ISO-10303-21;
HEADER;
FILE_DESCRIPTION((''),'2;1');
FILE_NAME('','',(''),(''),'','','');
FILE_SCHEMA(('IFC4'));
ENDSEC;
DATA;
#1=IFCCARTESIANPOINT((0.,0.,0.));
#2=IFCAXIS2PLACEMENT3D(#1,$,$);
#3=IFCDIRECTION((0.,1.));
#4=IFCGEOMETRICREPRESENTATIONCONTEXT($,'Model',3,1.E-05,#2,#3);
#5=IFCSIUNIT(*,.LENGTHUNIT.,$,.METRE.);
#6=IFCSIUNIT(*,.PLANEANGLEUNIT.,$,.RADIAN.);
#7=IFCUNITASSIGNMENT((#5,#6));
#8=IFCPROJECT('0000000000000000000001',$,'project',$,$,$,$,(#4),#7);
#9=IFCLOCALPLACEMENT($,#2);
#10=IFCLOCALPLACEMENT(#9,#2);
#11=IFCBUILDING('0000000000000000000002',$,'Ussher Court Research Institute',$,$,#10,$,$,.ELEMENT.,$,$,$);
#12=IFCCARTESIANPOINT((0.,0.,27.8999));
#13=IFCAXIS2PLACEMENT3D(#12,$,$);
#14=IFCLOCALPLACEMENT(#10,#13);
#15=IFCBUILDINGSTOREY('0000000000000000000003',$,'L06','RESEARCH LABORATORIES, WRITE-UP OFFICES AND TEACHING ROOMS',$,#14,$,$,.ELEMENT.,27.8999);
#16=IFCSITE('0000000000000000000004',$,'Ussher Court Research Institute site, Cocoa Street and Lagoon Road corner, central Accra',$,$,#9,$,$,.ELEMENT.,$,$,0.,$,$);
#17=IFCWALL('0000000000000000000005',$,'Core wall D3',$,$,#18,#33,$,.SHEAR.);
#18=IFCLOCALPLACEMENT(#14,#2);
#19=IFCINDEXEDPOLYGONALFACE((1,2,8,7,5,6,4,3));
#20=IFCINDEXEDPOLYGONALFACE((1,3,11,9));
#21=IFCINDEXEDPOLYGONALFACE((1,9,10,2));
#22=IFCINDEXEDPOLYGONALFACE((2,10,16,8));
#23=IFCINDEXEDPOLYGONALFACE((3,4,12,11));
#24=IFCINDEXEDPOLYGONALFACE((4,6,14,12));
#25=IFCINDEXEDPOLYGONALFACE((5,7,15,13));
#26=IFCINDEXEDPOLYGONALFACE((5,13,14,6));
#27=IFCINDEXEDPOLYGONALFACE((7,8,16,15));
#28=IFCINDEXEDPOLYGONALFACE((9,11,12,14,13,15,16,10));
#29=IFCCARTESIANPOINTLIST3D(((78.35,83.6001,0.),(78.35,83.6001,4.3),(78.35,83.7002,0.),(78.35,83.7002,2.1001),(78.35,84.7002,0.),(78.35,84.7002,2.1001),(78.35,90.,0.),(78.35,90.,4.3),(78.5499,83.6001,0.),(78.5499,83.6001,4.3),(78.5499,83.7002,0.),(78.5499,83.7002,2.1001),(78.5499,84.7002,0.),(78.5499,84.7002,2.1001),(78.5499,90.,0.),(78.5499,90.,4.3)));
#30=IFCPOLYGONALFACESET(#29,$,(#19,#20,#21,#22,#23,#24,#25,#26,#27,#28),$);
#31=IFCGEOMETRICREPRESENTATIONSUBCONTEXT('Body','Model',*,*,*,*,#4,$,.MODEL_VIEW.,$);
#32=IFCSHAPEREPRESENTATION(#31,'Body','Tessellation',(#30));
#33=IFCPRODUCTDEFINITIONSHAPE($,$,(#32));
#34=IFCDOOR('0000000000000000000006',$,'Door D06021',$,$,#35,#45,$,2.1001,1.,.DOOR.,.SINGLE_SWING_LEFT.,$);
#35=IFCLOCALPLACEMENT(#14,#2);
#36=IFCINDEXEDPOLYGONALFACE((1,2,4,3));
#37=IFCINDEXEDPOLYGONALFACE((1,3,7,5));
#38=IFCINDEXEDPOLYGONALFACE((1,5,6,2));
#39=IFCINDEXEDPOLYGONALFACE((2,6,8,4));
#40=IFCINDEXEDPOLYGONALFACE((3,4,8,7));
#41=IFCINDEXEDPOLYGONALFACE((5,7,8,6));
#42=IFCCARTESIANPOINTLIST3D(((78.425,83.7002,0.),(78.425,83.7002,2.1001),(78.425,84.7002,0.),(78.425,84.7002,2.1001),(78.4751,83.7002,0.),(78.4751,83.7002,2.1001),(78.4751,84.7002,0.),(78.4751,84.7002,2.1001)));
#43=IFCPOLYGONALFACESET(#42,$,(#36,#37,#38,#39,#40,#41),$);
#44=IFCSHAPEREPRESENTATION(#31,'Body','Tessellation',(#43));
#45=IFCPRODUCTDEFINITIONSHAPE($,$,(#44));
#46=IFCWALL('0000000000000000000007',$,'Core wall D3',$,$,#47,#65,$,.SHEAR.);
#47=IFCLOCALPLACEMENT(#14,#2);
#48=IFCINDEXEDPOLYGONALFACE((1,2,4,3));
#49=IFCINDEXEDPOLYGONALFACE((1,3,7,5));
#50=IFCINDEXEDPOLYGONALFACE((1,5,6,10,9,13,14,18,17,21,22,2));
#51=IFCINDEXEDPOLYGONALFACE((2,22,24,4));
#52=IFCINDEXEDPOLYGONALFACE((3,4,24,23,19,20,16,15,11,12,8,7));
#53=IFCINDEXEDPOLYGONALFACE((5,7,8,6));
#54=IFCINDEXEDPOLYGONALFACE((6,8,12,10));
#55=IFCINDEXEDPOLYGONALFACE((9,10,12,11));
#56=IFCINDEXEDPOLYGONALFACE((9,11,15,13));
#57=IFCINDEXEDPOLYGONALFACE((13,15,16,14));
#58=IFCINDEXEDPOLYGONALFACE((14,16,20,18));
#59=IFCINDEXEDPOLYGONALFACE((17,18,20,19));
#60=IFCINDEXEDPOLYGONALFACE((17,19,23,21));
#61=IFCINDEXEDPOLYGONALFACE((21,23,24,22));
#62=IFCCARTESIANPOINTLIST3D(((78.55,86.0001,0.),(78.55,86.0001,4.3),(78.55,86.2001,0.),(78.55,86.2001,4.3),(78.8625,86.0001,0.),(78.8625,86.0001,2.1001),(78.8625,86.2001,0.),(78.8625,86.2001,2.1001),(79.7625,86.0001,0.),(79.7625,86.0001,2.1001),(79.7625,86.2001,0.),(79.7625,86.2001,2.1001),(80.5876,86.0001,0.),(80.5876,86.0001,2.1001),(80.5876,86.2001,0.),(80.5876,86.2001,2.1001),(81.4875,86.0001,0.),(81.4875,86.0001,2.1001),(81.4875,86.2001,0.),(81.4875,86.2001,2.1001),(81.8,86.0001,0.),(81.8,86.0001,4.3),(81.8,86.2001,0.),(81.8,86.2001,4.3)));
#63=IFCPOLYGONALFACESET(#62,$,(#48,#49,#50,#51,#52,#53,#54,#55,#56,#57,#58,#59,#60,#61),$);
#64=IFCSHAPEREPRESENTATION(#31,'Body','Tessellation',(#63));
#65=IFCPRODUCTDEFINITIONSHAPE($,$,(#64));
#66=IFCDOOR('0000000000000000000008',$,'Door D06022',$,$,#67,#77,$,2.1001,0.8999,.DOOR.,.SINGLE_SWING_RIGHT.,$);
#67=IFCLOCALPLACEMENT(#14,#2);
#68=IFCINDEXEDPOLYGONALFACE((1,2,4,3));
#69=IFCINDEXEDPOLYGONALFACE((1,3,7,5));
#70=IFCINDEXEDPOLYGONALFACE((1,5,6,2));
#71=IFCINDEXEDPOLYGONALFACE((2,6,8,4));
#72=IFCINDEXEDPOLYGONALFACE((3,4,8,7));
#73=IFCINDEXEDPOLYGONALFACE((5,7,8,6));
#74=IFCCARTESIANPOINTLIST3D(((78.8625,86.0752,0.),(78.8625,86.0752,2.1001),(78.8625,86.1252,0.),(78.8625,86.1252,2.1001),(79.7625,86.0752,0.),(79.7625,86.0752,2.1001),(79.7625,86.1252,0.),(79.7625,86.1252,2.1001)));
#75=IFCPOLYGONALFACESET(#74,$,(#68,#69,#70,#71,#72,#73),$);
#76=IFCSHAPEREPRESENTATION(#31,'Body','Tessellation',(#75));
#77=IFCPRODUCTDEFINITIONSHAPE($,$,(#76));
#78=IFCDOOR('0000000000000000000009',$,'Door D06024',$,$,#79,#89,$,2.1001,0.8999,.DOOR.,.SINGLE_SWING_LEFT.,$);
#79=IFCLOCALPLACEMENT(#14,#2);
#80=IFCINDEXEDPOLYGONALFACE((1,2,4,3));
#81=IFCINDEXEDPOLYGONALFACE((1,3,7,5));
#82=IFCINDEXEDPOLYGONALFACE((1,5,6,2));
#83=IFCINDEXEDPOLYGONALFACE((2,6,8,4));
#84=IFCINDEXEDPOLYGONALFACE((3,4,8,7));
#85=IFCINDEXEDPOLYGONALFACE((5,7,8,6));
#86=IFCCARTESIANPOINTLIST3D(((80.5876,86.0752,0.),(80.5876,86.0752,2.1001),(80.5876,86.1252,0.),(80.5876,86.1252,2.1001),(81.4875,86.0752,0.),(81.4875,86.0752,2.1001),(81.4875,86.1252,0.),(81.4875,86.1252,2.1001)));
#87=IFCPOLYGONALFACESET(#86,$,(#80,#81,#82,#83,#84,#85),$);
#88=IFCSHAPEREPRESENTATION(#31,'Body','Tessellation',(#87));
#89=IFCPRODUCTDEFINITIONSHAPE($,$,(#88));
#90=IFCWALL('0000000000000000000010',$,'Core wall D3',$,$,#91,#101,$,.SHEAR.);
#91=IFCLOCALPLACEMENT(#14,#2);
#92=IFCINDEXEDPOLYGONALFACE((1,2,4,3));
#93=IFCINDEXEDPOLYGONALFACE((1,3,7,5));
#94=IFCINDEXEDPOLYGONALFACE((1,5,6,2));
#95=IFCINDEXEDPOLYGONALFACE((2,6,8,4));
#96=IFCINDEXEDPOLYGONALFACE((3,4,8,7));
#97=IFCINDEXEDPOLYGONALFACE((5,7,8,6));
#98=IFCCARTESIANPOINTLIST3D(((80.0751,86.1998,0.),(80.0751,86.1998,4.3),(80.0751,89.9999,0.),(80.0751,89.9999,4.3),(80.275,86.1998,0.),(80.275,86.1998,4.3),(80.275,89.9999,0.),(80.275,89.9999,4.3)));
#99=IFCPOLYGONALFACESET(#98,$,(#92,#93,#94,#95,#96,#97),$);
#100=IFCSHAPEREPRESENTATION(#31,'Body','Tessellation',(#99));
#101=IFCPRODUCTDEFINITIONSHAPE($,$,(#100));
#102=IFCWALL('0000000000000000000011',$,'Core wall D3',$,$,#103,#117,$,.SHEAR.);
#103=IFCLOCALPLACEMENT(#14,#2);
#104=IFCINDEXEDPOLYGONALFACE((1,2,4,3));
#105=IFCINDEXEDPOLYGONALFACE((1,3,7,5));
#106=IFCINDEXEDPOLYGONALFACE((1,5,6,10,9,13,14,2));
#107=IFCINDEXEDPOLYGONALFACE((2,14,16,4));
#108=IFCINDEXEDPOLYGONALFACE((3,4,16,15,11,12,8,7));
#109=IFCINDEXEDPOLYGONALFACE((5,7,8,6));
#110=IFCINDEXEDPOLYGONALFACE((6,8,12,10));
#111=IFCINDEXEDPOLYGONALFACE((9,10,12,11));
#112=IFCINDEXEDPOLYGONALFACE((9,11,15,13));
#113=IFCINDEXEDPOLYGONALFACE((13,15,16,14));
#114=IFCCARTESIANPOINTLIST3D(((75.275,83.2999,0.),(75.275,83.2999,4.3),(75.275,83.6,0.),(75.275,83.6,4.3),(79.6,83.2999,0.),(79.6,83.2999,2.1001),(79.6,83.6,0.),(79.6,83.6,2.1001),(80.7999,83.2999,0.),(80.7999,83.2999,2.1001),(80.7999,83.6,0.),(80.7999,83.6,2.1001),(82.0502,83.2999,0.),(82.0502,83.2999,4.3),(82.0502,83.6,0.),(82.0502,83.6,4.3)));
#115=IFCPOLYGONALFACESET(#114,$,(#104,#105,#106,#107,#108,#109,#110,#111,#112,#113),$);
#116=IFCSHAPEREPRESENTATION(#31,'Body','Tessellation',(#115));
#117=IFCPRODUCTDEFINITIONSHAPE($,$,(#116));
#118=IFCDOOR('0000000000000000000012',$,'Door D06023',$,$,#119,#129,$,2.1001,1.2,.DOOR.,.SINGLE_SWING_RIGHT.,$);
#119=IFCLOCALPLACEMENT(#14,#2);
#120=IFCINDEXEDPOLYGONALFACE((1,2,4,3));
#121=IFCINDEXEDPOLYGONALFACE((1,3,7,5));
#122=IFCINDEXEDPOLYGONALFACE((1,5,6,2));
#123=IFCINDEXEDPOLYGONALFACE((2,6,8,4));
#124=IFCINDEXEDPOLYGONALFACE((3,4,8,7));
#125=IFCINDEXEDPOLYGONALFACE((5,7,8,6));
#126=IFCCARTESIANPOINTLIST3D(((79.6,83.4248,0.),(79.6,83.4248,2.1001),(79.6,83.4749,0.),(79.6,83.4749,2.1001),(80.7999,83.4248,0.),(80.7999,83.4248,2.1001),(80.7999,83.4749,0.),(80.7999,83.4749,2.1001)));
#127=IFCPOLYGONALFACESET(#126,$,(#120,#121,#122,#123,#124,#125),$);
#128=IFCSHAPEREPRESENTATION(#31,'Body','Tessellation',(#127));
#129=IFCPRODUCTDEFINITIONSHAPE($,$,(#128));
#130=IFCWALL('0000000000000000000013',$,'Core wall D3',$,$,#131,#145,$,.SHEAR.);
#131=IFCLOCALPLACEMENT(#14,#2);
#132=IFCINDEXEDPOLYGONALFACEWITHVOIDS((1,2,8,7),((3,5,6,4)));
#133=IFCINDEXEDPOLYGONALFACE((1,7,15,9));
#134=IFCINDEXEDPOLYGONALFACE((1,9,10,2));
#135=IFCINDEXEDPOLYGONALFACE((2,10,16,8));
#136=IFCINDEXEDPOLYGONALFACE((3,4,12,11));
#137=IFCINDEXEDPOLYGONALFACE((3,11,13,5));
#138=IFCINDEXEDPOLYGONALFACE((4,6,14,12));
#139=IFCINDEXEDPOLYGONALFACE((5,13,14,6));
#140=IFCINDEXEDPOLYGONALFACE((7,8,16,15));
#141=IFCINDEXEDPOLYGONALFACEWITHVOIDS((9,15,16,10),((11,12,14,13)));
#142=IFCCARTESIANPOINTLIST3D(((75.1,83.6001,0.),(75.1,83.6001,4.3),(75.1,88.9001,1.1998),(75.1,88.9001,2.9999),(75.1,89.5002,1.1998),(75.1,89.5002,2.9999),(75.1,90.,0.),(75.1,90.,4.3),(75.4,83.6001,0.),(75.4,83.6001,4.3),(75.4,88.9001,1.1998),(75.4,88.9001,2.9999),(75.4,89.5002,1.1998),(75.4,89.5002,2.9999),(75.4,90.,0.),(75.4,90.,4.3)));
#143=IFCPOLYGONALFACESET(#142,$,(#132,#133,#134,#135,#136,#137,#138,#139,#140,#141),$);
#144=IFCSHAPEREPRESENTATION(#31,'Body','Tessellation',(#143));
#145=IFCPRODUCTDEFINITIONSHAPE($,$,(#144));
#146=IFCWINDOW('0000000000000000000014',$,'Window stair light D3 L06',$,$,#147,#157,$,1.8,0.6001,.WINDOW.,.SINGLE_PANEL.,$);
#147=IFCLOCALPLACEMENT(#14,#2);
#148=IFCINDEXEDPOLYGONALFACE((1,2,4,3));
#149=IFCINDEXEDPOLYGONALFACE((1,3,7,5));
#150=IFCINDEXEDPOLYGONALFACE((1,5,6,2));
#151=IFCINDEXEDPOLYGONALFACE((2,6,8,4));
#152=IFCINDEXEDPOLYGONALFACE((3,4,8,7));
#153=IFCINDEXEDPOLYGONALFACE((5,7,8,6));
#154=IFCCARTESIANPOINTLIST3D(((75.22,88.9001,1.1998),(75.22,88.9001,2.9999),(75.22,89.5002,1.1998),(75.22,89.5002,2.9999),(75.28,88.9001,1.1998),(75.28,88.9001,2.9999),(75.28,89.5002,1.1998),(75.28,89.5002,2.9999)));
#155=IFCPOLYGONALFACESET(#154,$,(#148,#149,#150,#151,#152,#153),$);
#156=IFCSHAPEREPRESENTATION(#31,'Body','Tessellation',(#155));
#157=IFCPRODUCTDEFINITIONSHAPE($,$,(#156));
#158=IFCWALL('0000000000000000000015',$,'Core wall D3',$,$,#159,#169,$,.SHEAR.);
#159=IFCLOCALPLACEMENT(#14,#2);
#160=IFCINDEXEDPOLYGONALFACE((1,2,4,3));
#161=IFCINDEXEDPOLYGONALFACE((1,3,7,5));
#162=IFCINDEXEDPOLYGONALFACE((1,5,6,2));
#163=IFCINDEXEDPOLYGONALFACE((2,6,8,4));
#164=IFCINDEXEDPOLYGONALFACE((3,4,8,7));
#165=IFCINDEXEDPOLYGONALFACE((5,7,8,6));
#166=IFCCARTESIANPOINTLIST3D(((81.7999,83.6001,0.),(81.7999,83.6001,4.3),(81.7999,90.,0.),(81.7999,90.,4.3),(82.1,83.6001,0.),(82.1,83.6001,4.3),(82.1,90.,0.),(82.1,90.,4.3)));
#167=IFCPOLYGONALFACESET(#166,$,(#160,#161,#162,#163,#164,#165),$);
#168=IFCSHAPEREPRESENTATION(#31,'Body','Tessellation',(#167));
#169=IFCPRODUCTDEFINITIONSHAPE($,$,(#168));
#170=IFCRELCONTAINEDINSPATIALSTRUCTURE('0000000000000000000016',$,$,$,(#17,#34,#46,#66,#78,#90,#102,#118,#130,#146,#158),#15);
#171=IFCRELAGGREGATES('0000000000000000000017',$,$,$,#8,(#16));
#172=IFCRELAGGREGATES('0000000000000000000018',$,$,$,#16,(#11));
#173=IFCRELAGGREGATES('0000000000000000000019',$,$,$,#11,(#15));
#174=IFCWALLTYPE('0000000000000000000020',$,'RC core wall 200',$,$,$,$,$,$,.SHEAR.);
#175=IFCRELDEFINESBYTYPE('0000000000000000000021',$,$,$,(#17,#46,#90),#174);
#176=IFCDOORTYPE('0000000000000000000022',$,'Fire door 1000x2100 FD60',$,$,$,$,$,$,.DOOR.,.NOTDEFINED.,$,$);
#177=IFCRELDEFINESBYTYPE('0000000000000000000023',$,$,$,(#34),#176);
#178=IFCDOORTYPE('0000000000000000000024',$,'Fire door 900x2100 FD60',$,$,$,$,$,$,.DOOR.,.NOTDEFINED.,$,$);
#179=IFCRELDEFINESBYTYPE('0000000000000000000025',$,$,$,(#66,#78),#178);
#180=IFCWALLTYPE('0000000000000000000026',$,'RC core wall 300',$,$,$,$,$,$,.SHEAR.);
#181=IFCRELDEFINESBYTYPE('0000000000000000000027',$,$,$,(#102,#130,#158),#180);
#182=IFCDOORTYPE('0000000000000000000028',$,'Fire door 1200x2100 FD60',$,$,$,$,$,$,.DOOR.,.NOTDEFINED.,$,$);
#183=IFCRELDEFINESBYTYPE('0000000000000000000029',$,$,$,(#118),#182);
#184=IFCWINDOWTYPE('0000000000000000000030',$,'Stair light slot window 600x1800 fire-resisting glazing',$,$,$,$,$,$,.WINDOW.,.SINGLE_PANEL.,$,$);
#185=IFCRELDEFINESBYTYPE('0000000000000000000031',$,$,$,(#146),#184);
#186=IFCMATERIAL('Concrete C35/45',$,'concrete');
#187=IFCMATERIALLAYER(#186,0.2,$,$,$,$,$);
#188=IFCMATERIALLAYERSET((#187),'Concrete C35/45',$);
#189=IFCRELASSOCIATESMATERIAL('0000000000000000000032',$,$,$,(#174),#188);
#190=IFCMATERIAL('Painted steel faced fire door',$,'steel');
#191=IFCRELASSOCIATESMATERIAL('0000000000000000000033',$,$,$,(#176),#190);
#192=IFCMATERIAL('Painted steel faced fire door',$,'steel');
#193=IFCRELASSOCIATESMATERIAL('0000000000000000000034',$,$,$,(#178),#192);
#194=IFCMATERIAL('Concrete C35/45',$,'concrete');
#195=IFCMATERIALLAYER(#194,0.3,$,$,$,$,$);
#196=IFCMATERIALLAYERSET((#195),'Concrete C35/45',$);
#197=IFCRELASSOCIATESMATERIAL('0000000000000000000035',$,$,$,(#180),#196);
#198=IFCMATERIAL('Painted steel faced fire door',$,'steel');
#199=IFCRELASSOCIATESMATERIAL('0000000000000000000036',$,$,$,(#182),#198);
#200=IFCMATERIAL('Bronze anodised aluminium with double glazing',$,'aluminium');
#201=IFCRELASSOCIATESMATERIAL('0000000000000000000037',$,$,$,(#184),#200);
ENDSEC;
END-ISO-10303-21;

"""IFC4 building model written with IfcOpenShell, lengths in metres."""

from ifc_helpers import new_model, si_unit, direction, frame, frame_2d, origin, place, context, subcontext, project, spatial, rectangle, extrude, material, layer, layer_set, type_object, element, fill, save


model = new_model("IFC4")

# Units and contexts
model_context = context("Model", 3, precision=1e-05, world=origin(), true_north=direction((0.0, 1.0)))
body_context = subcontext(model_context, "Body", "Model", "MODEL_VIEW")
ifc_project = project(units=[si_unit("LENGTHUNIT", "METRE"), si_unit("PLANEANGLEUNIT", "RADIAN")], contexts=[model_context])

# Site, building, storey
site_placement = place(None, origin())
site = spatial("IfcSite", under=ifc_project, at=site_placement, Name="Ussher Court Research Institute site, Cocoa Street and Lagoon Road corner, central Accra", CompositionType="ELEMENT", RefElevation=0.0)
building_placement = place(site_placement, origin())
building = spatial("IfcBuilding", under=site, at=building_placement, Name="Ussher Court Research Institute", CompositionType="ELEMENT")
storey_placement = place(building_placement, frame((0.0, 0.0, 27.8999)))
storey = spatial("IfcBuildingStorey", under=building, at=storey_placement, Name="L06", Description="RESEARCH LABORATORIES, WRITE-UP OFFICES AND TEACHING ROOMS", CompositionType="ELEMENT", Elevation=27.8999)

# Wall, opening, door
ifc_material_1 = material(Name="Concrete C35/45", Category="concrete")
ifc_layer_1 = layer(ifc_material_1, 0.2)
ifc_layer_set_1 = layer_set([ifc_layer_1], Name="Concrete C35/45")
wall_type_1 = type_object("IfcWallType", Name="RC core wall 200", PredefinedType="SHEAR", material=ifc_layer_set_1)
wall_1_placement = place(storey_placement, frame((78.45, 83.6001, 0.0), z_axis=(0.0, 0.0, 1.0), x_axis=(0.0, 1.0, 0.0)))
wall_1 = element("IfcWall", 1, at=wall_1_placement, inside=storey, type_object=wall_type_1, Name="Core wall D3", PredefinedType="SHEAR", context=body_context, shape_type="SweptSolid", body=[
    extrude(rectangle(XDim=6.3999, YDim=0.2, at=frame_2d((3.2, 0.0))), origin(), (0.0, 0.0, 1.0), 4.3),
])
opening_1_placement = place(wall_1_placement, frame((0.1001, 0.0, 0.0)))
opening_1 = element("IfcOpeningElement", 2, at=opening_1_placement, cuts=wall_1, PredefinedType="OPENING", context=body_context, shape_type="SweptSolid", body=[
    extrude(rectangle(XDim=1.0, YDim=2.1001, at=frame_2d((0.5, 1.05))), frame((0.0, 0.1099, 0.0), z_axis=(0.0, -1.0, 0.0), x_axis=(1.0, 0.0, 0.0)), (0.0, 0.0, 1.0), 0.22),
])
ifc_material_2 = material(Name="Painted steel faced fire door", Category="steel")
door_type_1 = type_object("IfcDoorType", Name="Fire door 1000x2100 FD60", OperationType="NOTDEFINED", PredefinedType="DOOR", material=ifc_material_2)
door_1_placement = place(opening_1_placement, origin())
door_1 = element("IfcDoor", 3, at=door_1_placement, inside=storey, type_object=door_type_1, Name="Door D06021", OperationType="SINGLE_SWING_LEFT", OverallHeight=2.1001, OverallWidth=1.0, PredefinedType="DOOR", context=body_context, shape_type="SweptSolid", body=[
    extrude(rectangle(XDim=1.0, YDim=2.1001, at=frame_2d((0.5, 1.05))), frame((0.0, 0.0249, 0.0), z_axis=(0.0, -1.0, 0.0), x_axis=(1.0, 0.0, 0.0)), (0.0, 0.0, 1.0), 0.05),
])
fill(opening_1, door_1)

# Wall, openings, doors
wall_2_placement = place(storey_placement, frame((81.8, 86.1001, 0.0), z_axis=(0.0, 0.0, 1.0), x_axis=(-1.0, 0.0, 0.0)))
wall_2 = element("IfcWall", 4, at=wall_2_placement, inside=storey, type_object=wall_type_1, Name="Core wall D3", PredefinedType="SHEAR", context=body_context, shape_type="SweptSolid", body=[
    extrude(rectangle(XDim=3.25, YDim=0.2, at=frame_2d((1.625, 0.0))), origin(), (0.0, 0.0, 1.0), 4.3),
])
opening_2_placement = place(wall_2_placement, frame((2.0376, 0.0, 0.0)))
opening_2 = element("IfcOpeningElement", 5, at=opening_2_placement, cuts=wall_2, PredefinedType="OPENING", context=body_context, shape_type="SweptSolid", body=[
    extrude(rectangle(XDim=0.8999, YDim=2.1001, at=frame_2d((0.45, 1.05))), frame((0.0, 0.1099, 0.0), z_axis=(0.0, -1.0, 0.0), x_axis=(1.0, 0.0, 0.0)), (0.0, 0.0, 1.0), 0.22),
])
opening_3_placement = place(wall_2_placement, frame((0.3125, 0.0, 0.0)))
opening_3 = element("IfcOpeningElement", 6, at=opening_3_placement, cuts=wall_2, PredefinedType="OPENING", context=body_context, shape_type="SweptSolid", body=[
    extrude(rectangle(XDim=0.8999, YDim=2.1001, at=frame_2d((0.45, 1.05))), frame((0.0, 0.1099, 0.0), z_axis=(0.0, -1.0, 0.0), x_axis=(1.0, 0.0, 0.0)), (0.0, 0.0, 1.0), 0.22),
])
ifc_material_3 = material(Name="Painted steel faced fire door", Category="steel")
door_type_2 = type_object("IfcDoorType", Name="Fire door 900x2100 FD60", OperationType="NOTDEFINED", PredefinedType="DOOR", material=ifc_material_3)
door_2_placement = place(opening_2_placement, origin())
door_2 = element("IfcDoor", 7, at=door_2_placement, inside=storey, type_object=door_type_2, Name="Door D06022", OperationType="SINGLE_SWING_RIGHT", OverallHeight=2.1001, OverallWidth=0.8999, PredefinedType="DOOR", context=body_context, shape_type="SweptSolid", body=[
    extrude(rectangle(XDim=0.8999, YDim=2.1001, at=frame_2d((0.45, 1.05))), frame((0.0, 0.0249, 0.0), z_axis=(0.0, -1.0, 0.0), x_axis=(1.0, 0.0, 0.0)), (0.0, 0.0, 1.0), 0.05),
])
fill(opening_2, door_2)
door_3_placement = place(opening_3_placement, origin())
door_3 = element("IfcDoor", 8, at=door_3_placement, inside=storey, type_object=door_type_2, Name="Door D06024", OperationType="SINGLE_SWING_LEFT", OverallHeight=2.1001, OverallWidth=0.8999, PredefinedType="DOOR", context=body_context, shape_type="SweptSolid", body=[
    extrude(rectangle(XDim=0.8999, YDim=2.1001, at=frame_2d((0.45, 1.05))), frame((0.0, 0.0249, 0.0), z_axis=(0.0, -1.0, 0.0), x_axis=(1.0, 0.0, 0.0)), (0.0, 0.0, 1.0), 0.05),
])
fill(opening_3, door_3)

# Wall
wall_3_placement = place(storey_placement, frame((80.175, 86.2, 0.0), z_axis=(0.0, 0.0, 1.0), x_axis=(0.0, 1.0, 0.0)))
element("IfcWall", 9, at=wall_3_placement, inside=storey, type_object=wall_type_1, Name="Core wall D3", PredefinedType="SHEAR", context=body_context, shape_type="SweptSolid", body=[
    extrude(rectangle(XDim=3.8, YDim=0.2, at=frame_2d((1.8999, 0.0))), origin(), (0.0, 0.0, 1.0), 4.3),
])

# Wall, opening, door
ifc_material_4 = material(Name="Concrete C35/45", Category="concrete")
ifc_layer_2 = layer(ifc_material_4, 0.3)
ifc_layer_set_2 = layer_set([ifc_layer_2], Name="Concrete C35/45")
wall_type_2 = type_object("IfcWallType", Name="RC core wall 300", PredefinedType="SHEAR", material=ifc_layer_set_2)
wall_4_placement = place(storey_placement, frame((75.2749, 83.45, 0.0), z_axis=(0.0, 0.0, 1.0), x_axis=(1.0, 0.0, 0.0)))
wall_4 = element("IfcWall", 10, at=wall_4_placement, inside=storey, type_object=wall_type_2, Name="Core wall D3", PredefinedType="SHEAR", context=body_context, shape_type="SweptSolid", body=[
    extrude(rectangle(XDim=6.7751, YDim=0.3, at=frame_2d((3.3877, 0.0))), origin(), (0.0, 0.0, 1.0), 4.3),
])
opening_4_placement = place(wall_4_placement, frame((4.325, 0.0, 0.0)))
opening_4 = element("IfcOpeningElement", 11, at=opening_4_placement, cuts=wall_4, PredefinedType="OPENING", context=body_context, shape_type="SweptSolid", body=[
    extrude(rectangle(XDim=1.2, YDim=2.1001, at=frame_2d((0.6001, 1.05))), frame((0.0, 0.1602, 0.0), z_axis=(0.0, -1.0, 0.0), x_axis=(1.0, 0.0, 0.0)), (0.0, 0.0, 1.0), 0.3201),
])
ifc_material_5 = material(Name="Painted steel faced fire door", Category="steel")
door_type_3 = type_object("IfcDoorType", Name="Fire door 1200x2100 FD60", OperationType="NOTDEFINED", PredefinedType="DOOR", material=ifc_material_5)
door_4_placement = place(opening_4_placement, origin())
door_4 = element("IfcDoor", 12, at=door_4_placement, inside=storey, type_object=door_type_3, Name="Door D06023", OperationType="SINGLE_SWING_RIGHT", OverallHeight=2.1001, OverallWidth=1.2, PredefinedType="DOOR", context=body_context, shape_type="SweptSolid", body=[
    extrude(rectangle(XDim=1.2, YDim=2.1001, at=frame_2d((0.6001, 1.05))), frame((0.0, 0.0249, 0.0), z_axis=(0.0, -1.0, 0.0), x_axis=(1.0, 0.0, 0.0)), (0.0, 0.0, 1.0), 0.05),
])
fill(opening_4, door_4)

# Wall, opening, window
wall_5_placement = place(storey_placement, frame((75.25, 83.6001, 0.0), z_axis=(0.0, 0.0, 1.0), x_axis=(0.0, 1.0, 0.0)))
wall_5 = element("IfcWall", 13, at=wall_5_placement, inside=storey, type_object=wall_type_2, Name="Core wall D3", PredefinedType="SHEAR", context=body_context, shape_type="SweptSolid", body=[
    extrude(rectangle(XDim=6.3999, YDim=0.3, at=frame_2d((3.2, 0.0))), origin(), (0.0, 0.0, 1.0), 4.3),
])
opening_5_placement = place(wall_5_placement, frame((5.3, 0.0, 1.2)))
opening_5 = element("IfcOpeningElement", 14, at=opening_5_placement, cuts=wall_5, PredefinedType="OPENING", context=body_context, shape_type="SweptSolid", body=[
    extrude(rectangle(XDim=0.6001, YDim=1.8, at=frame_2d((0.3, 0.8999))), frame((0.0, 0.1602, 0.0), z_axis=(0.0, -1.0, 0.0), x_axis=(1.0, 0.0, 0.0)), (0.0, 0.0, 1.0), 0.3201),
])
ifc_material_6 = material(Name="Bronze anodised aluminium with double glazing", Category="aluminium")
window_type_1 = type_object("IfcWindowType", Name="Stair light slot window 600x1800 fire-resisting glazing", PartitioningType="SINGLE_PANEL", PredefinedType="WINDOW", material=ifc_material_6)
window_1_placement = place(opening_5_placement, origin())
window_1 = element("IfcWindow", 15, at=window_1_placement, inside=storey, type_object=window_type_1, Name="Window stair light D3 L06", OverallHeight=1.8, OverallWidth=0.6001, PartitioningType="SINGLE_PANEL", PredefinedType="WINDOW", context=body_context, shape_type="SweptSolid", body=[
    extrude(rectangle(XDim=0.6001, YDim=1.8, at=frame_2d((0.3, 0.8999))), frame((0.0, 0.03, 0.0), z_axis=(0.0, -1.0, 0.0), x_axis=(1.0, 0.0, 0.0)), (0.0, 0.0, 1.0), 0.0601),
])
fill(opening_5, window_1)

# Wall
wall_6_placement = place(storey_placement, frame((81.95, 83.6001, 0.0), z_axis=(0.0, 0.0, 1.0), x_axis=(0.0, 1.0, 0.0)))
element("IfcWall", 16, at=wall_6_placement, inside=storey, type_object=wall_type_2, Name="Core wall D3", PredefinedType="SHEAR", context=body_context, shape_type="SweptSolid", body=[
    extrude(rectangle(XDim=6.3999, YDim=0.3, at=frame_2d((3.2, 0.0))), origin(), (0.0, 0.0, 1.0), 4.3),
])

save(model, "model.ifc")
